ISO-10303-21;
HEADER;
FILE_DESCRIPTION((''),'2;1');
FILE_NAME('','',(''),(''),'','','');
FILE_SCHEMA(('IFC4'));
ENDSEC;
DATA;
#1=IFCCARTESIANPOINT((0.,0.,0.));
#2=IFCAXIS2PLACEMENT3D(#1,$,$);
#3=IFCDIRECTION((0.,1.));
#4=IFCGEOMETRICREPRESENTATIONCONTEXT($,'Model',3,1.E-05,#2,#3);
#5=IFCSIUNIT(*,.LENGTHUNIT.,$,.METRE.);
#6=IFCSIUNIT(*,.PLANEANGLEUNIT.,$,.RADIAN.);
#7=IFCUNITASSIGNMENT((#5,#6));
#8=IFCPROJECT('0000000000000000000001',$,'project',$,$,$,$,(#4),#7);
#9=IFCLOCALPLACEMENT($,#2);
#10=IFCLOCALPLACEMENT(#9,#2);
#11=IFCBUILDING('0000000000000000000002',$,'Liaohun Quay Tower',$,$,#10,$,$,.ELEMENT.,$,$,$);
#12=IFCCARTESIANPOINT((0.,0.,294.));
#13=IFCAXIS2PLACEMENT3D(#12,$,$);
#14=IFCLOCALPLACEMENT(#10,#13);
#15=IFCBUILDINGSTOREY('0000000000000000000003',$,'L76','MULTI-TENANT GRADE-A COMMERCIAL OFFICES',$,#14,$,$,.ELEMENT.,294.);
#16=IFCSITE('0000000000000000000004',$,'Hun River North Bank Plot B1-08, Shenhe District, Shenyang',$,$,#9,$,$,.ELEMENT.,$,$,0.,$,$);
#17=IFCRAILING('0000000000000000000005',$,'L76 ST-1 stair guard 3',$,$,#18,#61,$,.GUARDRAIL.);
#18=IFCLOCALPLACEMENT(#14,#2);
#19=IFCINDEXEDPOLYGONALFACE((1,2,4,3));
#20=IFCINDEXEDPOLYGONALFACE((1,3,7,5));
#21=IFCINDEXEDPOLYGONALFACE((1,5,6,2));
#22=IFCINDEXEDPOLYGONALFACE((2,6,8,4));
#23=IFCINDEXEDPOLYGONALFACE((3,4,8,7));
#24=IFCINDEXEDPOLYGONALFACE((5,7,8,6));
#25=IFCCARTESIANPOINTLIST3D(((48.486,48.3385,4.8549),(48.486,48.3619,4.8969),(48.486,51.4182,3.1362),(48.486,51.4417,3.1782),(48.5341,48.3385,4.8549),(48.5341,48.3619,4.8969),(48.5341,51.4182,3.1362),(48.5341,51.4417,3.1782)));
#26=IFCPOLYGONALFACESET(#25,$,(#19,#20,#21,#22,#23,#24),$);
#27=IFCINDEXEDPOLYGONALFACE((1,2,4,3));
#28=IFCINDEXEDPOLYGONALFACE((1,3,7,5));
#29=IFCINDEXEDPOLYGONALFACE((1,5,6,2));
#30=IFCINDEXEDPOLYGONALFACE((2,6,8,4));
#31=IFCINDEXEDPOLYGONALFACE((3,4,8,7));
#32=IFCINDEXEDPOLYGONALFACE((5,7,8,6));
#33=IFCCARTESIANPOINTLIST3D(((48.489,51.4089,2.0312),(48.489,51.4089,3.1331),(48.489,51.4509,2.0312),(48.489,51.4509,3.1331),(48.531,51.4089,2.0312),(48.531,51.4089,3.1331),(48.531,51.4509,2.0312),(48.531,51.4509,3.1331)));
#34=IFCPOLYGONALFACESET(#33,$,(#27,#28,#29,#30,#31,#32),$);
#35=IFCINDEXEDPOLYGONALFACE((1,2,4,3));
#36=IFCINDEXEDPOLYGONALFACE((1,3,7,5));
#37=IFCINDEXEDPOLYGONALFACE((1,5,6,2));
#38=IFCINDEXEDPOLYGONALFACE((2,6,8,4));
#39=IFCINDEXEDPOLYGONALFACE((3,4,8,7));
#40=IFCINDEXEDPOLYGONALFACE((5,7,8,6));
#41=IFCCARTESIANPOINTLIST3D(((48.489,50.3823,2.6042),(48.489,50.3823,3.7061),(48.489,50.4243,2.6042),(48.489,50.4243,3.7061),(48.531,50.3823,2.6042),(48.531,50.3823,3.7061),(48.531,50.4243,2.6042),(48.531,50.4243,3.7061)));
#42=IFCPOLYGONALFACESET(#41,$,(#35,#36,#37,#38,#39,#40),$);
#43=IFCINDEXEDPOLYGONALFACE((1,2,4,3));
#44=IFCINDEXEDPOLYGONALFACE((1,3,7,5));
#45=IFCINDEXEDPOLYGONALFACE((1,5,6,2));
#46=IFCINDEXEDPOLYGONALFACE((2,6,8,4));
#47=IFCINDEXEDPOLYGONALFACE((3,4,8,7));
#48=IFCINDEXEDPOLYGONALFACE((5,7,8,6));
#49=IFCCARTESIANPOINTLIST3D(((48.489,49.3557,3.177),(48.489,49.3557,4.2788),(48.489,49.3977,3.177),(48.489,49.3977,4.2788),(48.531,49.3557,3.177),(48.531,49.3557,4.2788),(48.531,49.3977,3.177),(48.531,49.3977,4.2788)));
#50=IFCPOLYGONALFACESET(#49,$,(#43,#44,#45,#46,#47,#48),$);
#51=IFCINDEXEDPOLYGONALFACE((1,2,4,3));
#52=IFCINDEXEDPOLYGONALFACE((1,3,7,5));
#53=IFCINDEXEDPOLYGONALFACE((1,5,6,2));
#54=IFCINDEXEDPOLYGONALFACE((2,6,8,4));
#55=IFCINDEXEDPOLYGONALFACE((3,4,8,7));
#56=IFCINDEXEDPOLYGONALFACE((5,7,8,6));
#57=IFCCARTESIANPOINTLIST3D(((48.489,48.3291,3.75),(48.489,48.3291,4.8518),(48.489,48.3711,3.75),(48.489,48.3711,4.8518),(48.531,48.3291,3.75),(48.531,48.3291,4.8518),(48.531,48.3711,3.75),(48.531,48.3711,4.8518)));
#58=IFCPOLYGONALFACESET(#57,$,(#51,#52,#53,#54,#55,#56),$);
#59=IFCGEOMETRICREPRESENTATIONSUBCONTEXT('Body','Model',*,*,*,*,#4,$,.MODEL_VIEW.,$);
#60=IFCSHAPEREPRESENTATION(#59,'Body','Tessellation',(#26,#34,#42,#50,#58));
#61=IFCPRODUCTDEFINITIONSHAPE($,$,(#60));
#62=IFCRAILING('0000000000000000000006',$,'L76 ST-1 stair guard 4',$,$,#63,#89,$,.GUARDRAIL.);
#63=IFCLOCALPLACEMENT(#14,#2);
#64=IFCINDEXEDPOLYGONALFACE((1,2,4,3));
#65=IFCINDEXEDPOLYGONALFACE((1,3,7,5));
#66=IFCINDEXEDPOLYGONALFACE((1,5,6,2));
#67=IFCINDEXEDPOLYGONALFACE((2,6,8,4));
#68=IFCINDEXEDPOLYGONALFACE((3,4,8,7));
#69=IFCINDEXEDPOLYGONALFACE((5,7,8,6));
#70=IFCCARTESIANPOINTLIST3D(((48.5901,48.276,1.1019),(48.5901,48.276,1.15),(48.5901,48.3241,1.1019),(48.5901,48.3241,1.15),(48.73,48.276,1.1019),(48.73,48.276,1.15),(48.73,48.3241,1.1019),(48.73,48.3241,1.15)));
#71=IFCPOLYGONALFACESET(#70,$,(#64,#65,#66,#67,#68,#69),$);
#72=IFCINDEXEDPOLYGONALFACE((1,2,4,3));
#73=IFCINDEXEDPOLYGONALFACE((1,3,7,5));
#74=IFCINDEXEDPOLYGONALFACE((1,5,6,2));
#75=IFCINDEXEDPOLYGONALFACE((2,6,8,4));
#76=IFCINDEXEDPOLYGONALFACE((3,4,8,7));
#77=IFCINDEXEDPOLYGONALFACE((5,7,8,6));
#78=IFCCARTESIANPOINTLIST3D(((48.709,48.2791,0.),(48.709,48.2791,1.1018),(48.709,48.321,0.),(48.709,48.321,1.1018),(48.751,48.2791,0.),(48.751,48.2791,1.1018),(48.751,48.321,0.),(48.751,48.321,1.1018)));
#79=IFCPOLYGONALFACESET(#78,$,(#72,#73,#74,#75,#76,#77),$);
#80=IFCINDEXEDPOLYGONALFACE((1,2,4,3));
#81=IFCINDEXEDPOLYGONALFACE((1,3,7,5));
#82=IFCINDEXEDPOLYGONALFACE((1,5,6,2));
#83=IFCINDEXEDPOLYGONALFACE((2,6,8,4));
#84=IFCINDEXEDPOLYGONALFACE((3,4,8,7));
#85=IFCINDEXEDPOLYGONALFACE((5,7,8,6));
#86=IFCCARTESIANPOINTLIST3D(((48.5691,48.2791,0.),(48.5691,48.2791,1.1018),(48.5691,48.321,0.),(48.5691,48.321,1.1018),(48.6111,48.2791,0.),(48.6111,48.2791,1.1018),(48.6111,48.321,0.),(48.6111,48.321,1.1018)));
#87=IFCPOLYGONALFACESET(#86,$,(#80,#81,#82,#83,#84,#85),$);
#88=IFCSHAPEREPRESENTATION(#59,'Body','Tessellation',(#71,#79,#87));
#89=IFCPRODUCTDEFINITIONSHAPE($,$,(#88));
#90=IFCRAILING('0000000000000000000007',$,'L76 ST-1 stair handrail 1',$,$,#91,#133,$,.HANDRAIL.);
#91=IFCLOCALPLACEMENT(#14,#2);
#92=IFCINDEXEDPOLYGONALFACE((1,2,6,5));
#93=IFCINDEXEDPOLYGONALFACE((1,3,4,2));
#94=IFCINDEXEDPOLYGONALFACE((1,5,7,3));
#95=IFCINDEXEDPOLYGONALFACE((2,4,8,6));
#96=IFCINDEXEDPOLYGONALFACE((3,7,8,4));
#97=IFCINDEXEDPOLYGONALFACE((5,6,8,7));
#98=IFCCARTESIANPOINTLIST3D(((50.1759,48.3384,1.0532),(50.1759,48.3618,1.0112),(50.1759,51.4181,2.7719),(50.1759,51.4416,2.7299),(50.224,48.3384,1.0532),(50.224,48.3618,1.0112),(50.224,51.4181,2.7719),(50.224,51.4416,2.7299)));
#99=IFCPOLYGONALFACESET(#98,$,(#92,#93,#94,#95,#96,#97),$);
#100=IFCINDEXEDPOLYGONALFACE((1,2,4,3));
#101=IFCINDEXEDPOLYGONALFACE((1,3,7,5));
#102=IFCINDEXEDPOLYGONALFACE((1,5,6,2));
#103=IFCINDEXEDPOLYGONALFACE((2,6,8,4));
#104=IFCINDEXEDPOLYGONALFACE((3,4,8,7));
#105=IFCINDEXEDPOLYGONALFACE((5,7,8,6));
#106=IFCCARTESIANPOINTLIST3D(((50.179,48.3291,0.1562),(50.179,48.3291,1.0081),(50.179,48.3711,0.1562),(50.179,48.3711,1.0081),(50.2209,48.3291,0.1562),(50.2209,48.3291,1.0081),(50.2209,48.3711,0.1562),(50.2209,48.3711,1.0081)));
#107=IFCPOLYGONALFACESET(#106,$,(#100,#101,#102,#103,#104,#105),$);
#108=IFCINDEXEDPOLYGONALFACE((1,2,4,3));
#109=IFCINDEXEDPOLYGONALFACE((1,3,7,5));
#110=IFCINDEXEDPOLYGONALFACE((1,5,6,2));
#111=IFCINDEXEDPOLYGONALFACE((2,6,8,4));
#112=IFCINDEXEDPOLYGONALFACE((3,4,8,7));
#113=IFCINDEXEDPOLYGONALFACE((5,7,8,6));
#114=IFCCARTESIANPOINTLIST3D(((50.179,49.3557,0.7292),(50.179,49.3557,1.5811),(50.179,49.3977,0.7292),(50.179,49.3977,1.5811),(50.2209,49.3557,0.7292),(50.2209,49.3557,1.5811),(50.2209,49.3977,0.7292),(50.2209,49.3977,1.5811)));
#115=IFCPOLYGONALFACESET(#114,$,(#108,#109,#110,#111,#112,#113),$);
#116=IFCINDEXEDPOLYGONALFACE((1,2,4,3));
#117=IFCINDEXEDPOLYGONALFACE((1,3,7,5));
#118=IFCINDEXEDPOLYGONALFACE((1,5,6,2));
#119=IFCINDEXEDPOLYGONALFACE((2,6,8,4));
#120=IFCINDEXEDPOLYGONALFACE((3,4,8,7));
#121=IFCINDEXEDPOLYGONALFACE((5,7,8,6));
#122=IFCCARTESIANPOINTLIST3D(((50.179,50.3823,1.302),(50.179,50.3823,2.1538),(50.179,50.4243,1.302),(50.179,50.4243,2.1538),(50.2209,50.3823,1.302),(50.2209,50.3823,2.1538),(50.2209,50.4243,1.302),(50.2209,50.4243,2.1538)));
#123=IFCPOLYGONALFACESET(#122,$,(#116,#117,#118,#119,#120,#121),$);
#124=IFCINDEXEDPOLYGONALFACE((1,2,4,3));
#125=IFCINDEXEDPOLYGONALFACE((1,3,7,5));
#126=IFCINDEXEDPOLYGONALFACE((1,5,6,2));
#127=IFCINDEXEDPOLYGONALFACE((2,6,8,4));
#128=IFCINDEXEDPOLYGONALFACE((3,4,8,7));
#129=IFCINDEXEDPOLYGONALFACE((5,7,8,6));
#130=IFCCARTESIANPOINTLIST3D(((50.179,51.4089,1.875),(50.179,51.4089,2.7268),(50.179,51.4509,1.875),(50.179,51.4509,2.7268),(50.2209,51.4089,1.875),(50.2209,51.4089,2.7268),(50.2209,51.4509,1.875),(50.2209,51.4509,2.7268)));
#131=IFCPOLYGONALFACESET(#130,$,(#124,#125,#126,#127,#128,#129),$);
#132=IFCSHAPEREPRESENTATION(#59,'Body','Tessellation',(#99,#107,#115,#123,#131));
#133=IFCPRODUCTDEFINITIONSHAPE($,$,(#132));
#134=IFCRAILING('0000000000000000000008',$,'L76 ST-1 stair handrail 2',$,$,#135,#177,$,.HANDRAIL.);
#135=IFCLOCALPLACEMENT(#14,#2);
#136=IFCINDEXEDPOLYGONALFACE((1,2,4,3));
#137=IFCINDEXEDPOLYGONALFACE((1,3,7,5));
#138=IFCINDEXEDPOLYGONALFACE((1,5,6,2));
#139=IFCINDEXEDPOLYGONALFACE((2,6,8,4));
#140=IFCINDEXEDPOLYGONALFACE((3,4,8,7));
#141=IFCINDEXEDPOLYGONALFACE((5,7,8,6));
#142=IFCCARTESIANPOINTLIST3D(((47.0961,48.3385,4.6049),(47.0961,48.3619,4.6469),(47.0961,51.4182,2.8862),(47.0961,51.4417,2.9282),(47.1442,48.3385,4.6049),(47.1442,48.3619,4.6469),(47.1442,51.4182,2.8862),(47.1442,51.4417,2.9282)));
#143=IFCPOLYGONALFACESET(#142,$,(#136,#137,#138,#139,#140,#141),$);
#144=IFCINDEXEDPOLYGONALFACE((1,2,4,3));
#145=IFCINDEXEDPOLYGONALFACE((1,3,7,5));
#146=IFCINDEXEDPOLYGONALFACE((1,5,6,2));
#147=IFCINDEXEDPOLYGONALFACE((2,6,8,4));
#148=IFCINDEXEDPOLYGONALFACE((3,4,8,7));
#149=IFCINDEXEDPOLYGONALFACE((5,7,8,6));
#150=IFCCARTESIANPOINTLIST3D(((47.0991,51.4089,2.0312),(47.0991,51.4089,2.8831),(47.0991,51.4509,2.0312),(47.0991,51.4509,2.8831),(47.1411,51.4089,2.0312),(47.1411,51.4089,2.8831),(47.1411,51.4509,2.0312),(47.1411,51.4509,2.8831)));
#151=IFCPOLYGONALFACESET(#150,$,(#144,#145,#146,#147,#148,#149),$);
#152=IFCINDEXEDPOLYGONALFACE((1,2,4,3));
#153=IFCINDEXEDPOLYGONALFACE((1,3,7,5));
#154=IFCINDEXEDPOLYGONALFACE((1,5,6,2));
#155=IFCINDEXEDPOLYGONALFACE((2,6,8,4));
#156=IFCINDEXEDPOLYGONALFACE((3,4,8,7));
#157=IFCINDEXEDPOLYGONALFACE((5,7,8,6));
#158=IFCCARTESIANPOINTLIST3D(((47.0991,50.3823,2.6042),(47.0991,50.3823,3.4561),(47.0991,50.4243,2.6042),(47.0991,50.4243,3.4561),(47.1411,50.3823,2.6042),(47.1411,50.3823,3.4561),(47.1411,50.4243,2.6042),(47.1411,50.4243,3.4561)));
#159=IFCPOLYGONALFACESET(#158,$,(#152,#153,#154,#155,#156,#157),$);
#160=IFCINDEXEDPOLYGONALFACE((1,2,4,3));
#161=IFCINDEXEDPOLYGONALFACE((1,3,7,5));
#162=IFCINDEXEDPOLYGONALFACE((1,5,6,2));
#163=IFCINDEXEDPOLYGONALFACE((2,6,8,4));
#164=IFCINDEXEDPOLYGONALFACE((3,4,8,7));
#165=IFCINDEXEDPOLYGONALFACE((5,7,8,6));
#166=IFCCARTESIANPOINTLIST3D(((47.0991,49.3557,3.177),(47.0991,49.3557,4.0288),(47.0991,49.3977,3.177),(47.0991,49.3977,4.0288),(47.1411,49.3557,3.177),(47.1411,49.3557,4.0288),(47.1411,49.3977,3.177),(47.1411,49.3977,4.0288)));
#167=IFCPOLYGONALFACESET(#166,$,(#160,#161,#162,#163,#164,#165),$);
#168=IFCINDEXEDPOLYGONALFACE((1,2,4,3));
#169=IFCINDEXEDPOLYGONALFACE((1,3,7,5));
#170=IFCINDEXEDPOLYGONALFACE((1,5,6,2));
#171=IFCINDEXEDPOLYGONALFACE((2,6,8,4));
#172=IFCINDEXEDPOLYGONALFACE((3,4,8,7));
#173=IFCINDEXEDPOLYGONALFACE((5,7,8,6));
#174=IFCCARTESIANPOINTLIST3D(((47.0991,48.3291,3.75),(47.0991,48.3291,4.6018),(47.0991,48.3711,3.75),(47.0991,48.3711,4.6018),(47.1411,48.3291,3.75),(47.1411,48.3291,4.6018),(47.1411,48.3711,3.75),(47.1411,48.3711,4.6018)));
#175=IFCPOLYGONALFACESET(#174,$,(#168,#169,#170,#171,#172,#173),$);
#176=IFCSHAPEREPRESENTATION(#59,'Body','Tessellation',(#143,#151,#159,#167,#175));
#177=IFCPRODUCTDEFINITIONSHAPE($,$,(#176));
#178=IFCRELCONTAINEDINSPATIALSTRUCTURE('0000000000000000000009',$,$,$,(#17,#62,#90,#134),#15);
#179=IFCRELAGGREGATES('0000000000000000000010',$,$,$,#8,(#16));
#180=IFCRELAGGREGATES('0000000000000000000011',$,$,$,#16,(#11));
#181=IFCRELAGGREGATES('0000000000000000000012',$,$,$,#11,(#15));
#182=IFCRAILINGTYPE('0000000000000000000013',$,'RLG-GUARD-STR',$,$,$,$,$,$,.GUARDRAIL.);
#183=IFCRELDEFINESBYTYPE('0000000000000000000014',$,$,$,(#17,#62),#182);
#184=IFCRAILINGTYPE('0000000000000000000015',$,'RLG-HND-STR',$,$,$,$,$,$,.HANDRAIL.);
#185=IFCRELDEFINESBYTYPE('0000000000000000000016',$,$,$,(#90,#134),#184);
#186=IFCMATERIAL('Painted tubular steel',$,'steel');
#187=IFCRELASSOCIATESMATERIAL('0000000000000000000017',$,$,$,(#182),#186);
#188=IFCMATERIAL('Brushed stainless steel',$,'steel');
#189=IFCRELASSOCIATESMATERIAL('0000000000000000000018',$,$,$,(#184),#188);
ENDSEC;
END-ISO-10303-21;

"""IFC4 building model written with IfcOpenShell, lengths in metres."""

from ifc_helpers import new_model, si_unit, direction, frame, origin, origin_2d, place, context, subcontext, project, spatial, rectangle, extrude, material, type_object, element, save


model = new_model("IFC4")

# Units and contexts
model_context = context("Model", 3, precision=1e-05, world=origin(), true_north=direction((0.0, 1.0)))
body_context = subcontext(model_context, "Body", "Model", "MODEL_VIEW")
ifc_project = project(units=[si_unit("LENGTHUNIT", "METRE"), si_unit("PLANEANGLEUNIT", "RADIAN")], contexts=[model_context])

# Site, building, storey
site_placement = place(None, origin())
site = spatial("IfcSite", under=ifc_project, at=site_placement, Name="Hun River North Bank Plot B1-08, Shenhe District, Shenyang", CompositionType="ELEMENT", RefElevation=0.0)
building_placement = place(site_placement, origin())
building = spatial("IfcBuilding", under=site, at=building_placement, Name="Liaohun Quay Tower", CompositionType="ELEMENT")
storey_placement = place(building_placement, frame((0.0, 0.0, 294.0)))
storey = spatial("IfcBuildingStorey", under=building, at=storey_placement, Name="L76", Description="MULTI-TENANT GRADE-A COMMERCIAL OFFICES", CompositionType="ELEMENT", Elevation=294.0)

# Railings
ifc_material_1 = material(Name="Painted tubular steel", Category="steel")
railing_type_1 = type_object("IfcRailingType", Name="RLG-GUARD-STR", PredefinedType="GUARDRAIL", material=ifc_material_1)
railing_1_placement = place(storey_placement, frame((48.51, 51.4299, 2.0312)))
element("IfcRailing", 1, at=railing_1_placement, inside=storey, type_object=railing_type_1, Name="L76 ST-1 stair guard 3", PredefinedType="GUARDRAIL", context=body_context, shape_type="SweptSolid", body=[
    extrude(rectangle(XDim=0.0481, YDim=0.0481, at=origin_2d()), frame((0.0, 0.0, 1.126), z_axis=(0.0, -0.873225, 0.487317), x_axis=(1.0, 0.0, 0.0)), (0.0, 0.0, 1.0), 3.5269),
    extrude(rectangle(XDim=0.042, YDim=0.042, at=origin_2d()), origin(), (0.0, 0.0, 1.0), 1.1018),
    extrude(rectangle(XDim=0.042, YDim=0.042, at=origin_2d()), frame((0.0, -1.0266, 0.573)), (0.0, 0.0, 1.0), 1.1018),
    extrude(rectangle(XDim=0.042, YDim=0.042, at=origin_2d()), frame((0.0, -2.0532, 1.1458)), (0.0, 0.0, 1.0), 1.1018),
    extrude(rectangle(XDim=0.042, YDim=0.042, at=origin_2d()), frame((0.0, -3.0798, 1.7188)), (0.0, 0.0, 1.0), 1.1018),
])
railing_2_placement = place(storey_placement, frame((48.73, 48.3, 0.0)))
element("IfcRailing", 2, at=railing_2_placement, inside=storey, type_object=railing_type_1, Name="L76 ST-1 stair guard 4", PredefinedType="GUARDRAIL", context=body_context, shape_type="SweptSolid", body=[
    extrude(rectangle(XDim=0.0481, YDim=0.0481, at=origin_2d()), frame((0.0, 0.0, 1.126), z_axis=(-1.0, 0.0, 0.0), x_axis=(0.0, -1.0, 0.0)), (0.0, 0.0, 1.0), 0.1399),
    extrude(rectangle(XDim=0.042, YDim=0.042, at=origin_2d()), origin(), (0.0, 0.0, 1.0), 1.1018),
    extrude(rectangle(XDim=0.042, YDim=0.042, at=origin_2d()), frame((-0.1399, 0.0, 0.0)), (0.0, 0.0, 1.0), 1.1018),
])
ifc_material_2 = material(Name="Brushed stainless steel", Category="steel")
railing_type_2 = type_object("IfcRailingType", Name="RLG-HND-STR", PredefinedType="HANDRAIL", material=ifc_material_2)
railing_3_placement = place(storey_placement, frame((50.2, 48.3501, 0.1562)))
element("IfcRailing", 3, at=railing_3_placement, inside=storey, type_object=railing_type_2, Name="L76 ST-1 stair handrail 1", PredefinedType="HANDRAIL", context=body_context, shape_type="SweptSolid", body=[
    extrude(rectangle(XDim=0.0481, YDim=0.0481, at=origin_2d()), frame((0.0, 0.0, 0.876), z_axis=(0.0, 0.873225, 0.487317), x_axis=(-1.0, 0.0, 0.0)), (0.0, 0.0, 1.0), 3.5269),
    extrude(rectangle(XDim=0.042, YDim=0.042, at=origin_2d()), origin(), (0.0, 0.0, 1.0), 0.8518),
    extrude(rectangle(XDim=0.042, YDim=0.042, at=origin_2d()), frame((0.0, 1.0266, 0.573)), (0.0, 0.0, 1.0), 0.8518),
    extrude(rectangle(XDim=0.042, YDim=0.042, at=origin_2d()), frame((0.0, 2.0532, 1.1458)), (0.0, 0.0, 1.0), 0.8518),
    extrude(rectangle(XDim=0.042, YDim=0.042, at=origin_2d()), frame((0.0, 3.0798, 1.7188)), (0.0, 0.0, 1.0), 0.8518),
])
railing_4_placement = place(storey_placement, frame((47.1201, 51.4299, 2.0312)))
element("IfcRailing", 4, at=railing_4_placement, inside=storey, type_object=railing_type_2, Name="L76 ST-1 stair handrail 2", PredefinedType="HANDRAIL", context=body_context, shape_type="SweptSolid", body=[
    extrude(rectangle(XDim=0.0481, YDim=0.0481, at=origin_2d()), frame((0.0, 0.0, 0.876), z_axis=(0.0, -0.873225, 0.487317), x_axis=(1.0, 0.0, 0.0)), (0.0, 0.0, 1.0), 3.5269),
    extrude(rectangle(XDim=0.042, YDim=0.042, at=origin_2d()), origin(), (0.0, 0.0, 1.0), 0.8518),
    extrude(rectangle(XDim=0.042, YDim=0.042, at=origin_2d()), frame((0.0, -1.0266, 0.573)), (0.0, 0.0, 1.0), 0.8518),
    extrude(rectangle(XDim=0.042, YDim=0.042, at=origin_2d()), frame((0.0, -2.0532, 1.1458)), (0.0, 0.0, 1.0), 0.8518),
    extrude(rectangle(XDim=0.042, YDim=0.042, at=origin_2d()), frame((0.0, -3.0798, 1.7188)), (0.0, 0.0, 1.0), 0.8518),
])

save(model, "model.ifc")
